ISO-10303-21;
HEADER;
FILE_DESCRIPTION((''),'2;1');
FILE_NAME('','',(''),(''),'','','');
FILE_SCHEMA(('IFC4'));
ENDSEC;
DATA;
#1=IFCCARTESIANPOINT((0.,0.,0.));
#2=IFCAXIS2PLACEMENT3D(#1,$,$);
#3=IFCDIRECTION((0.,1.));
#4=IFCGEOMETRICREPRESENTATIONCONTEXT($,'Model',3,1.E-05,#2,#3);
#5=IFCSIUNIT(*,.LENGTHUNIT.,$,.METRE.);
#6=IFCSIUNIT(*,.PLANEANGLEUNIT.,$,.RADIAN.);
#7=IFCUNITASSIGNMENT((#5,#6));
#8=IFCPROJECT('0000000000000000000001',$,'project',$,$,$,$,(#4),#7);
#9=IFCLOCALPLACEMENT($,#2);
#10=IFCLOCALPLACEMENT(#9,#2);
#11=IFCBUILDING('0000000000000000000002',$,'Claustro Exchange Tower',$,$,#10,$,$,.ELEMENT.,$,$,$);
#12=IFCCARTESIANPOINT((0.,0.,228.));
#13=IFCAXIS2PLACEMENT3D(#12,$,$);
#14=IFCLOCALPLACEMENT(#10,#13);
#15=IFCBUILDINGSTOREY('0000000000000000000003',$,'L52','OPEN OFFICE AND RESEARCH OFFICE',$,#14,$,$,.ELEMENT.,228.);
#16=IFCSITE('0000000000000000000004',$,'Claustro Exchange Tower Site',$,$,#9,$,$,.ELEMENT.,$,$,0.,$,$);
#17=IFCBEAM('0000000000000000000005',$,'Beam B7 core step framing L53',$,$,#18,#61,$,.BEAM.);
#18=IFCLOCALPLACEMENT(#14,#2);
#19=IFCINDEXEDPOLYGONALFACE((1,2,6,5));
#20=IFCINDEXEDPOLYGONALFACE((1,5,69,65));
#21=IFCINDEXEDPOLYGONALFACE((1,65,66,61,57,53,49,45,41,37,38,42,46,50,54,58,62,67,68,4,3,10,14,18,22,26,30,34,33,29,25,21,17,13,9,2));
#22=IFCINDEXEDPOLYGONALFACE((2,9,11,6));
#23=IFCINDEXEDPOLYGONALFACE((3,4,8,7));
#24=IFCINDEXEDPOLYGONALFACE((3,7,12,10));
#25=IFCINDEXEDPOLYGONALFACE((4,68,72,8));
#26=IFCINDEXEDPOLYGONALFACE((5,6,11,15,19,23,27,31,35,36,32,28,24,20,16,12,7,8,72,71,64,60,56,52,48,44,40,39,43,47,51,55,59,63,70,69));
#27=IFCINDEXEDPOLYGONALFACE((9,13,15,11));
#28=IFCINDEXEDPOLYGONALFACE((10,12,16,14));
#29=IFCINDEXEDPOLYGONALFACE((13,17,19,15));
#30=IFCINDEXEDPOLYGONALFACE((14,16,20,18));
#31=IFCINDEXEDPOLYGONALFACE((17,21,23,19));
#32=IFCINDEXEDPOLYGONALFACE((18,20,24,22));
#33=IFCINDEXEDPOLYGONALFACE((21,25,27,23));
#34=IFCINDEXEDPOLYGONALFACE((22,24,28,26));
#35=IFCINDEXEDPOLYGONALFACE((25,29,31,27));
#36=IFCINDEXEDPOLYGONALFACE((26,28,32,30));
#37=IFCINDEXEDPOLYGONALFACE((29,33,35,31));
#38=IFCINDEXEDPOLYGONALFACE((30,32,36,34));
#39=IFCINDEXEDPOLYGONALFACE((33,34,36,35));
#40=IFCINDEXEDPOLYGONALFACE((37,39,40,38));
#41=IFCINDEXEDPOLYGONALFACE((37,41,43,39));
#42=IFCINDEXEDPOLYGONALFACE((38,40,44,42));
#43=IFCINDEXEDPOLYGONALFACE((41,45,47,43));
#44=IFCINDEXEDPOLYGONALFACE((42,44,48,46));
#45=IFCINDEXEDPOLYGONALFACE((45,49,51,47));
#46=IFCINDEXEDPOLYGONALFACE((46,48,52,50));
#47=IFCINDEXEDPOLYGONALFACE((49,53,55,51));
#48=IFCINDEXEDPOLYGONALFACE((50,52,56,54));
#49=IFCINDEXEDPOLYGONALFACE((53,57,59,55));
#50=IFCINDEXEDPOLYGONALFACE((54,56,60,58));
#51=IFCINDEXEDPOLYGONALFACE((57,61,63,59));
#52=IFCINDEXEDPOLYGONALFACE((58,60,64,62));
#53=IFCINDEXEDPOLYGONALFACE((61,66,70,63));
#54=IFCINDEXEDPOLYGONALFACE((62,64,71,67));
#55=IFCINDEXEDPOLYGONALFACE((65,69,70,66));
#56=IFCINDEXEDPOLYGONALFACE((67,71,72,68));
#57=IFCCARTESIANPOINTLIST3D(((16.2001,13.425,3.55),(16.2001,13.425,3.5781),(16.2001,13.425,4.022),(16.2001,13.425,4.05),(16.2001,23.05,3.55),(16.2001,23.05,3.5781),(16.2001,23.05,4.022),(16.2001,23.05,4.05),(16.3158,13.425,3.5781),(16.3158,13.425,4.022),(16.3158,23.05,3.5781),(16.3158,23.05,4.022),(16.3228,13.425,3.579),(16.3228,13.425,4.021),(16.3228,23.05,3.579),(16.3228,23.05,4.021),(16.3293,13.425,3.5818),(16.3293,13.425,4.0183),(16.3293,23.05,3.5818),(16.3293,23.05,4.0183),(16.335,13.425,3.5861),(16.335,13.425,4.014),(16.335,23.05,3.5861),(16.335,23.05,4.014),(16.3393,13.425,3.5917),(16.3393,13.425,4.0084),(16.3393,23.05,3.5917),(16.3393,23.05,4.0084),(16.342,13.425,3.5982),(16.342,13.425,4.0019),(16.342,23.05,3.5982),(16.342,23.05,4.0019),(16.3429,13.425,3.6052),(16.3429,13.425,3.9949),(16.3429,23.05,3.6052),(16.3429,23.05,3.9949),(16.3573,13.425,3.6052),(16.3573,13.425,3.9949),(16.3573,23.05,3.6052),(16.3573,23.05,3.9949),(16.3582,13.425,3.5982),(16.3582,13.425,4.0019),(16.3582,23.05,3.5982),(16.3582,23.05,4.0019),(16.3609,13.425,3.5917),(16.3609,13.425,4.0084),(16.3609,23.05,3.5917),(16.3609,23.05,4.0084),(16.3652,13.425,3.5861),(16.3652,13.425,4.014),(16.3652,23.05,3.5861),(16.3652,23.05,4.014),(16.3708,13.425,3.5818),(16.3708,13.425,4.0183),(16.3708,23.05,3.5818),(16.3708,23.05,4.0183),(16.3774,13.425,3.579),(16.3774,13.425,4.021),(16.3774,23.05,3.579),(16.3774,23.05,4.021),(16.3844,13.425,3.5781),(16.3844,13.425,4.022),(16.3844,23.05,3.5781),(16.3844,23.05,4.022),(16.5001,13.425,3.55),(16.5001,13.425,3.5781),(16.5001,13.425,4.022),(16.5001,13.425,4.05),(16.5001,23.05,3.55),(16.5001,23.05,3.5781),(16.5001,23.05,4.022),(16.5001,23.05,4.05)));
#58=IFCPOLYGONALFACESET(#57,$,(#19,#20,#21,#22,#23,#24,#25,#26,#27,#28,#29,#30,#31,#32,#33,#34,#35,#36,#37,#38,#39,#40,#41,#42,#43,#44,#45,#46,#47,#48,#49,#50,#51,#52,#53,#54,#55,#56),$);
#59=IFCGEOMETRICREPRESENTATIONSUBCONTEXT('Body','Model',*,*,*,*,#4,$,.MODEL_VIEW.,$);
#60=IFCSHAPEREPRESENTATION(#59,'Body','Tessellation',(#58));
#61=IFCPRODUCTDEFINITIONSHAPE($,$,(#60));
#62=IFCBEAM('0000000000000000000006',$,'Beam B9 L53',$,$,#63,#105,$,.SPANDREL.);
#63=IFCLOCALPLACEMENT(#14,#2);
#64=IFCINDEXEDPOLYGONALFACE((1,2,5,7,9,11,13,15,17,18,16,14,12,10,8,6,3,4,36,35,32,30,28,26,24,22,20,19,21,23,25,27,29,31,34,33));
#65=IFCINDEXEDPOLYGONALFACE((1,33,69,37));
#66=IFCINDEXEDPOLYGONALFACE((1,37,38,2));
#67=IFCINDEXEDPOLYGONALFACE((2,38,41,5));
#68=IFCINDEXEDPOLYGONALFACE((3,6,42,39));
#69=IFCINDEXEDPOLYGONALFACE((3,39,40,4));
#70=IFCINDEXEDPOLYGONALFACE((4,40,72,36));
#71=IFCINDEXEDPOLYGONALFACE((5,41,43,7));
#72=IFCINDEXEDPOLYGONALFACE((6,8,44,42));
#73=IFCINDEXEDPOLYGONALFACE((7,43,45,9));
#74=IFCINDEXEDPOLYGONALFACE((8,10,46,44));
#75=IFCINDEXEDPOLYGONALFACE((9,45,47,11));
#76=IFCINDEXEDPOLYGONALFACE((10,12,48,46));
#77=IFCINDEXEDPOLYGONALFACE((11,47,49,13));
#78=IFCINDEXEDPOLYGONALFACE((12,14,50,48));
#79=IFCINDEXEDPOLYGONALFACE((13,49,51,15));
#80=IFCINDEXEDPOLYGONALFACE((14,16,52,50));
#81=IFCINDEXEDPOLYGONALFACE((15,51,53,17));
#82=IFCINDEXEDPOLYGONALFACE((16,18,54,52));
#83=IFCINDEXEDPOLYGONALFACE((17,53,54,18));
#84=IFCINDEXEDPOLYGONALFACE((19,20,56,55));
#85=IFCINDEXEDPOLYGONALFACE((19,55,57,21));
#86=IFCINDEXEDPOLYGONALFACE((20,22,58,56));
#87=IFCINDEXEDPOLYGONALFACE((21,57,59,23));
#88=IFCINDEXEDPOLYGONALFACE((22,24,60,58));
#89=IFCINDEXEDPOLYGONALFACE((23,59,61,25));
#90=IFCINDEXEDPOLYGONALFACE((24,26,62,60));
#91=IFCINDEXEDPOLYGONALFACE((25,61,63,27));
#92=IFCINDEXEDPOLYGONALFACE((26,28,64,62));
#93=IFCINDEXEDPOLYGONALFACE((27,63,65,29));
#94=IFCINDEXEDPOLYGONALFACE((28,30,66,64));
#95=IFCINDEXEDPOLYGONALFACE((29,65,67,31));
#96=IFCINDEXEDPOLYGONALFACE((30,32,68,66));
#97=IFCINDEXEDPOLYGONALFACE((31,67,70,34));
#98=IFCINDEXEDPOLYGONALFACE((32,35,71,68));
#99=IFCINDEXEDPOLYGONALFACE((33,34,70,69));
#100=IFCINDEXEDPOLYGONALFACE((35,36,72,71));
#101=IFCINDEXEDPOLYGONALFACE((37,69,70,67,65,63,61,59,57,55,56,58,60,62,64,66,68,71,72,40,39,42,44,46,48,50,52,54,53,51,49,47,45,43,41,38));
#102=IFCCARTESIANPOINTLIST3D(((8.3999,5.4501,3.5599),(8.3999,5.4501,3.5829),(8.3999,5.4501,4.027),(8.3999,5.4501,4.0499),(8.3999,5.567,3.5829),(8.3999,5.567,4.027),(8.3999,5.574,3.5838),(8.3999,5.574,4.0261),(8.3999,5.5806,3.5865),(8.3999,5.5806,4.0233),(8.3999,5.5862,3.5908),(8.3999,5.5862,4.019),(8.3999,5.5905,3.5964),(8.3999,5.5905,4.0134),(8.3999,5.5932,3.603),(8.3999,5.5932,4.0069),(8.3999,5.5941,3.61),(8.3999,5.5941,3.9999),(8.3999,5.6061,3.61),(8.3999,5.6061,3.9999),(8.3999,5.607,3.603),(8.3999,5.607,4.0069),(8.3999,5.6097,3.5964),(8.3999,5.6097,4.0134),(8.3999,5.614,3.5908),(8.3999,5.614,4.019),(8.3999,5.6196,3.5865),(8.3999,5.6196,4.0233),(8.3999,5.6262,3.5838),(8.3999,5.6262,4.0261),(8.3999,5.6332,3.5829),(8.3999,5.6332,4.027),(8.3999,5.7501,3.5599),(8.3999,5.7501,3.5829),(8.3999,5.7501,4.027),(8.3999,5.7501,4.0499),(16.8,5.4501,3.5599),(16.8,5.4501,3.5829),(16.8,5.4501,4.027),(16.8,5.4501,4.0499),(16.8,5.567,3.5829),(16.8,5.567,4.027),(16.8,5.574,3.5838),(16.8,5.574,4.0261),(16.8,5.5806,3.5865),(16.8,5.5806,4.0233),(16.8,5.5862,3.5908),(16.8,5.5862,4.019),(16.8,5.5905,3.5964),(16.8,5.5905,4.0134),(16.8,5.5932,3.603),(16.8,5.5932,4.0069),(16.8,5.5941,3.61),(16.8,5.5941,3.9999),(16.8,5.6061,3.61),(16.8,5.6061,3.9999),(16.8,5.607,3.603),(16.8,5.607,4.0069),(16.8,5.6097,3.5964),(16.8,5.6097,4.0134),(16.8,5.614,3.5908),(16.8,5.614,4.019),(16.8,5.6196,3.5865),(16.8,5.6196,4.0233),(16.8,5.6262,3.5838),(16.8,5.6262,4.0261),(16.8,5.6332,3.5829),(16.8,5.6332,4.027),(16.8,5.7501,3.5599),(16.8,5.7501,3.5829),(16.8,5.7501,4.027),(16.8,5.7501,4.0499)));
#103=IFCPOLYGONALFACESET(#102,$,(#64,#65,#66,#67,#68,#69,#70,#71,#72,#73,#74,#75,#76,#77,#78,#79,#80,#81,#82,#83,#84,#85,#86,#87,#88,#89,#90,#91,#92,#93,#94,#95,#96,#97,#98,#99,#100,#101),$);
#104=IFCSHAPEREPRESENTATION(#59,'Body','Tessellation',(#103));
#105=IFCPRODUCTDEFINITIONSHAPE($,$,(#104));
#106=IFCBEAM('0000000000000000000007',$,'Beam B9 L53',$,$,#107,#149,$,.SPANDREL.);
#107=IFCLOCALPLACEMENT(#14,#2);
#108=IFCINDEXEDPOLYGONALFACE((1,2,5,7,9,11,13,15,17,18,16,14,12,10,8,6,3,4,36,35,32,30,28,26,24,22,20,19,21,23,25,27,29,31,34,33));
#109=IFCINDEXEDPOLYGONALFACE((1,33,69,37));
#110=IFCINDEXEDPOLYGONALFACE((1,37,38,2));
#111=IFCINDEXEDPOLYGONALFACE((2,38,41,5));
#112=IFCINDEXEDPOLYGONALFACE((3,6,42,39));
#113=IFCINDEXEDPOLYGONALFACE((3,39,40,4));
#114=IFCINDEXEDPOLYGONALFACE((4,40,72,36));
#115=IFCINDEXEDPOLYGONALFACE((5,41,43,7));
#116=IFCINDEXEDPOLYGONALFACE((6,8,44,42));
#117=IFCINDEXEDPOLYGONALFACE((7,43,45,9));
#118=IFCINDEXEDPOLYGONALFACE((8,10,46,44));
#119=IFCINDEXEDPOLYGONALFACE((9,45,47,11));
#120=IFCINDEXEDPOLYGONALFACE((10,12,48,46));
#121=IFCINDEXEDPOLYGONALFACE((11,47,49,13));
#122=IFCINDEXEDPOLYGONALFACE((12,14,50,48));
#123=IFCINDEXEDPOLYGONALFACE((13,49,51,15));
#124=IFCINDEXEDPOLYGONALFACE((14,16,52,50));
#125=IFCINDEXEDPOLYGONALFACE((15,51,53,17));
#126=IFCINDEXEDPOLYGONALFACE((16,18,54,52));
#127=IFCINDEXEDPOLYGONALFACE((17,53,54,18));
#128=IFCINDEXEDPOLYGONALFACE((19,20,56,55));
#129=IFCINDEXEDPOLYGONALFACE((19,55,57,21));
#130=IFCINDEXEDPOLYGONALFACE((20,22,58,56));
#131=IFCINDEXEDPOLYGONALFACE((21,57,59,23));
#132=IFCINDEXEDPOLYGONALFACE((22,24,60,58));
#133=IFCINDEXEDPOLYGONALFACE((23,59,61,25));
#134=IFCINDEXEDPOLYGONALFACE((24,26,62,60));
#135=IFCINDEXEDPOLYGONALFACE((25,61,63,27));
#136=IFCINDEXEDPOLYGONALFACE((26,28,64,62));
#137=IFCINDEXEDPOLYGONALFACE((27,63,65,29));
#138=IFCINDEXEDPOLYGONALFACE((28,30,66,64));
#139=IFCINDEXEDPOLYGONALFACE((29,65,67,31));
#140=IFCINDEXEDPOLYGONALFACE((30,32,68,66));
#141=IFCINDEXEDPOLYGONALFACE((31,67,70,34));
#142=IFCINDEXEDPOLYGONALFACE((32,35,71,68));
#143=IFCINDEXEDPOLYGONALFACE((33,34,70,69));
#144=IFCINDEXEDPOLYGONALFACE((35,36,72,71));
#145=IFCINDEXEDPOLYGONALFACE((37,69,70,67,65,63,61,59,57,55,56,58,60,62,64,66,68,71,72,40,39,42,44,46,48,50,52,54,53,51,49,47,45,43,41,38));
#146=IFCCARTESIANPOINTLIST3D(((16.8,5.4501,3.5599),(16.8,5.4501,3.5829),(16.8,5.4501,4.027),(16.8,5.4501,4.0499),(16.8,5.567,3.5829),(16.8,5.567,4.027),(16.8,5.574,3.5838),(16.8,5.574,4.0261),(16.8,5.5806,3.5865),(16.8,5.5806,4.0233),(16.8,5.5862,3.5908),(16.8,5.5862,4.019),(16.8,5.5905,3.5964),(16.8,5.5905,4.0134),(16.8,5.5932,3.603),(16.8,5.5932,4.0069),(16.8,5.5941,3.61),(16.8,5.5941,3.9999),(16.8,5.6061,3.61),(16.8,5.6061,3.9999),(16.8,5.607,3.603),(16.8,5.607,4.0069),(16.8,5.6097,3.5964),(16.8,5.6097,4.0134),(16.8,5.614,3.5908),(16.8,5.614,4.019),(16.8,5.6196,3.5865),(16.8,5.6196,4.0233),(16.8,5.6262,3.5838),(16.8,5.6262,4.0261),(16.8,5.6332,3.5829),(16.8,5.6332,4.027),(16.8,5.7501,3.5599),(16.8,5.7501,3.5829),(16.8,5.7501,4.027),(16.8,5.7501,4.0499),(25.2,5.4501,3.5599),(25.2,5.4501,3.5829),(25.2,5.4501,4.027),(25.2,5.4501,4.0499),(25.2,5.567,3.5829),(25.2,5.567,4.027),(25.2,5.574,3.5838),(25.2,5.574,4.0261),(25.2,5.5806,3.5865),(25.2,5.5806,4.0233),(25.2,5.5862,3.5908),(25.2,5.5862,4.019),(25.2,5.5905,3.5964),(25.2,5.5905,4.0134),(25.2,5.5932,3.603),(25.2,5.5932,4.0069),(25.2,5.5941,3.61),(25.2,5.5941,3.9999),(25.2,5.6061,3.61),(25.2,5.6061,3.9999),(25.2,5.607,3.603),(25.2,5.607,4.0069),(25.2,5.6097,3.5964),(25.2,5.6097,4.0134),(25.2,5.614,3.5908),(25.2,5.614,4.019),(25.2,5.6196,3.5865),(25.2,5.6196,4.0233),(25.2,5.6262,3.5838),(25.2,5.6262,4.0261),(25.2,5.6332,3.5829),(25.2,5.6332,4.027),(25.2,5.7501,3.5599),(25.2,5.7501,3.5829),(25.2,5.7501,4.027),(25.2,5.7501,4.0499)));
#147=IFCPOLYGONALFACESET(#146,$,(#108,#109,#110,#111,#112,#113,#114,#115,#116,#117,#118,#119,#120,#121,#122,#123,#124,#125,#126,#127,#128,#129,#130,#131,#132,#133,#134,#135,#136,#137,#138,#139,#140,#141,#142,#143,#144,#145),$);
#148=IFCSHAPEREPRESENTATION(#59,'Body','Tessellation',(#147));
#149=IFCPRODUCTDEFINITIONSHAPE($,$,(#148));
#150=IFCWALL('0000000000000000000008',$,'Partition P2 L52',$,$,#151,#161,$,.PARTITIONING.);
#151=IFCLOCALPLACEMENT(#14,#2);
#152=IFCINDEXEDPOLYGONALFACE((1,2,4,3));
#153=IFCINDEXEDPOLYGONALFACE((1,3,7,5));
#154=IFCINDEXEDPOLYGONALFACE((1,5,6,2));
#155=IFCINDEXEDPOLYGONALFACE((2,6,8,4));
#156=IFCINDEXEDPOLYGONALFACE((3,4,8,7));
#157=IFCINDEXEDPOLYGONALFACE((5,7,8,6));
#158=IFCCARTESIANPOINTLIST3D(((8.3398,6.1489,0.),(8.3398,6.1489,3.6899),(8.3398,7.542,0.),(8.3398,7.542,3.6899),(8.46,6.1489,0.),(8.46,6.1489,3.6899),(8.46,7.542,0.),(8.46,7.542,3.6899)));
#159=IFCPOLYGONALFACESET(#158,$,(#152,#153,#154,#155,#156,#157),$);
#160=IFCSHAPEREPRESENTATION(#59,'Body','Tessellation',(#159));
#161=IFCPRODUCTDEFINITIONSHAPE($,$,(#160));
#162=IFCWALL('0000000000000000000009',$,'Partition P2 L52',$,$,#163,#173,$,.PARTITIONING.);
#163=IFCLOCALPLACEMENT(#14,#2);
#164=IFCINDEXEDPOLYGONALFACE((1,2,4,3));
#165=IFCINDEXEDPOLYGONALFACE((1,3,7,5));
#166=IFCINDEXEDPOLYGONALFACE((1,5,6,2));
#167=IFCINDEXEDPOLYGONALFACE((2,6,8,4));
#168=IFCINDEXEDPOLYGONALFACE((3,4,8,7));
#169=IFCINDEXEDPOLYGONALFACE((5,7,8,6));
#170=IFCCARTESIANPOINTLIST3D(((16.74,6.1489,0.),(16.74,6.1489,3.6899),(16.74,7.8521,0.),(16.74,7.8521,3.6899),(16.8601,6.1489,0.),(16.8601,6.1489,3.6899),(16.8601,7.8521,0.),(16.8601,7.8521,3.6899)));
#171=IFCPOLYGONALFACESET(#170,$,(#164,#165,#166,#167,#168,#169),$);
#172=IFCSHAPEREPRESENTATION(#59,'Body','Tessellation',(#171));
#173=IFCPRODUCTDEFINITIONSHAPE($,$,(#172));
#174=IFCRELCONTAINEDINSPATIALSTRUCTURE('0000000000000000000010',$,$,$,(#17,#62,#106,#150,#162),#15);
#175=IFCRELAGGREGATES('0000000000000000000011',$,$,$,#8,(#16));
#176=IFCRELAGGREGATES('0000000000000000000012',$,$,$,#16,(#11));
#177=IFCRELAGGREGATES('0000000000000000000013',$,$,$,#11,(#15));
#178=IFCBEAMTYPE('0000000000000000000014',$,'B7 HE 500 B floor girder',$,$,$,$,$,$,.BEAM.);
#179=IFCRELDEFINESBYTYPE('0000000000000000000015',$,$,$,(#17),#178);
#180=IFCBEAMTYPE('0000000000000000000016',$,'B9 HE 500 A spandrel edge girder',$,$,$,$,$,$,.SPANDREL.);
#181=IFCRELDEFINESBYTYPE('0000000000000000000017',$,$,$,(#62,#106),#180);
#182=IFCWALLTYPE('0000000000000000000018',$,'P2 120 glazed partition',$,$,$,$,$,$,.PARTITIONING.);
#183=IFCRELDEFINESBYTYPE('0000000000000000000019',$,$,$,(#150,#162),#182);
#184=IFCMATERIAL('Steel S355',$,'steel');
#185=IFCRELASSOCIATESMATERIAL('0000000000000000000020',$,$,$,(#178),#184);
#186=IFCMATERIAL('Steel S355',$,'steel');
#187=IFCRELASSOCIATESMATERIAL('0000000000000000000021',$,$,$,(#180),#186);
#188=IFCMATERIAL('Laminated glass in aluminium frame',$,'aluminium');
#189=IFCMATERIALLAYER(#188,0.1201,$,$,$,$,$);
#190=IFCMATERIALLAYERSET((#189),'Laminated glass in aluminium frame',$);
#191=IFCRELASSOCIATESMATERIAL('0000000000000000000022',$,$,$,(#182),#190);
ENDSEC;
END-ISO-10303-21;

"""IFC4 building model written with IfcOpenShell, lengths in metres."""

from ifc_helpers import new_model, si_unit, direction, frame, frame_2d, origin, origin_2d, place, context, subcontext, project, spatial, rectangle, i_section, extrude, material, layer, layer_set, material_profile, profile_set, type_object, element, save


model = new_model("IFC4")

# Units and contexts
model_context = context("Model", 3, precision=1e-05, world=origin(), true_north=direction((0.0, 1.0)))
body_context = subcontext(model_context, "Body", "Model", "MODEL_VIEW")
ifc_project = project(units=[si_unit("LENGTHUNIT", "METRE"), si_unit("PLANEANGLEUNIT", "RADIAN")], contexts=[model_context])

# Site, building, storey
site_placement = place(None, origin())
site = spatial("IfcSite", under=ifc_project, at=site_placement, Name="Claustro Exchange Tower Site", CompositionType="ELEMENT", RefElevation=0.0)
building_placement = place(site_placement, origin())
building = spatial("IfcBuilding", under=site, at=building_placement, Name="Claustro Exchange Tower", CompositionType="ELEMENT")
storey_placement = place(building_placement, frame((0.0, 0.0, 228.0)))
storey = spatial("IfcBuildingStorey", under=building, at=storey_placement, Name="L52", Description="OPEN OFFICE AND RESEARCH OFFICE", CompositionType="ELEMENT", Elevation=228.0)

# Beams
ifc_material_1 = material(Name="Steel S355", Category="steel")
ifc_material_profile_1 = material_profile(ifc_material_1, i_section(OverallWidth=0.3, OverallDepth=0.5, WebThickness=0.0144, FlangeThickness=0.0281, FilletRadius=0.0271, at=origin_2d()), Name="HE 500 B")
ifc_profile_set_1 = profile_set([ifc_material_profile_1], Name="Steel S355")
beam_type_1 = type_object("IfcBeamType", Name="B7 HE 500 B floor girder", PredefinedType="BEAM", material=ifc_profile_set_1)
beam_1_placement = place(storey_placement, frame((16.3501, 13.425, 3.8), z_axis=(0.0, 1.0, 0.0), x_axis=(-1.0, 0.0, 0.0)))
element("IfcBeam", 1, at=beam_1_placement, inside=storey, type_object=beam_type_1, Name="Beam B7 core step framing L53", PredefinedType="BEAM", context=body_context, shape_type="SweptSolid", body=[
    extrude(i_section(OverallWidth=0.3, OverallDepth=0.5, WebThickness=0.0144, FlangeThickness=0.0281, FilletRadius=0.0271, at=origin_2d()), origin(), (0.0, 0.0, 1.0), 9.625),
])
ifc_material_2 = material(Name="Steel S355", Category="steel")
ifc_material_profile_2 = material_profile(ifc_material_2, i_section(OverallWidth=0.3, OverallDepth=0.49, WebThickness=0.012, FlangeThickness=0.0229, FilletRadius=0.0271, at=origin_2d()), Name="HE 500 A")
ifc_profile_set_2 = profile_set([ifc_material_profile_2], Name="Steel S355")
beam_type_2 = type_object("IfcBeamType", Name="B9 HE 500 A spandrel edge girder", PredefinedType="SPANDREL", material=ifc_profile_set_2)
beam_2_placement = place(storey_placement, frame((8.3999, 5.6001, 3.8049), z_axis=(1.0, 0.0, 0.0), x_axis=(0.0, 1.0, 0.0)))
element("IfcBeam", 2, at=beam_2_placement, inside=storey, type_object=beam_type_2, Name="Beam B9 L53", PredefinedType="SPANDREL", context=body_context, shape_type="SweptSolid", body=[
    extrude(i_section(OverallWidth=0.3, OverallDepth=0.49, WebThickness=0.012, FlangeThickness=0.0229, FilletRadius=0.0271, at=origin_2d()), origin(), (0.0, 0.0, 1.0), 8.4001),
])
beam_3_placement = place(storey_placement, frame((16.8, 5.6001, 3.8049), z_axis=(1.0, 0.0, 0.0), x_axis=(0.0, 1.0, 0.0)))
element("IfcBeam", 3, at=beam_3_placement, inside=storey, type_object=beam_type_2, Name="Beam B9 L53", PredefinedType="SPANDREL", context=body_context, shape_type="SweptSolid", body=[
    extrude(i_section(OverallWidth=0.3, OverallDepth=0.49, WebThickness=0.012, FlangeThickness=0.0229, FilletRadius=0.0271, at=origin_2d()), origin(), (0.0, 0.0, 1.0), 8.3999),
])

# Walls
ifc_material_3 = material(Name="Laminated glass in aluminium frame", Category="aluminium")
ifc_layer_1 = layer(ifc_material_3, 0.1201)
ifc_layer_set_1 = layer_set([ifc_layer_1], Name="Laminated glass in aluminium frame")
wall_type_1 = type_object("IfcWallType", Name="P2 120 glazed partition", PredefinedType="PARTITIONING", material=ifc_layer_set_1)
wall_1_placement = place(storey_placement, frame((8.3999, 6.1489, 0.0), z_axis=(0.0, 0.0, 1.0), x_axis=(0.0, 1.0, 0.0)))
element("IfcWall", 4, at=wall_1_placement, inside=storey, type_object=wall_type_1, Name="Partition P2 L52", PredefinedType="PARTITIONING", context=body_context, shape_type="SweptSolid", body=[
    extrude(rectangle(XDim=1.3931, YDim=0.1201, at=frame_2d((0.6965, 0.0))), origin(), (0.0, 0.0, 1.0), 3.6899),
])
wall_2_placement = place(storey_placement, frame((16.8, 6.1489, 0.0), z_axis=(0.0, 0.0, 1.0), x_axis=(0.0, 1.0, 0.0)))
element("IfcWall", 5, at=wall_2_placement, inside=storey, type_object=wall_type_1, Name="Partition P2 L52", PredefinedType="PARTITIONING", context=body_context, shape_type="SweptSolid", body=[
    extrude(rectangle(XDim=1.7031, YDim=0.1201, at=frame_2d((0.8516, 0.0))), origin(), (0.0, 0.0, 1.0), 3.6899),
])

save(model, "model.ifc")
